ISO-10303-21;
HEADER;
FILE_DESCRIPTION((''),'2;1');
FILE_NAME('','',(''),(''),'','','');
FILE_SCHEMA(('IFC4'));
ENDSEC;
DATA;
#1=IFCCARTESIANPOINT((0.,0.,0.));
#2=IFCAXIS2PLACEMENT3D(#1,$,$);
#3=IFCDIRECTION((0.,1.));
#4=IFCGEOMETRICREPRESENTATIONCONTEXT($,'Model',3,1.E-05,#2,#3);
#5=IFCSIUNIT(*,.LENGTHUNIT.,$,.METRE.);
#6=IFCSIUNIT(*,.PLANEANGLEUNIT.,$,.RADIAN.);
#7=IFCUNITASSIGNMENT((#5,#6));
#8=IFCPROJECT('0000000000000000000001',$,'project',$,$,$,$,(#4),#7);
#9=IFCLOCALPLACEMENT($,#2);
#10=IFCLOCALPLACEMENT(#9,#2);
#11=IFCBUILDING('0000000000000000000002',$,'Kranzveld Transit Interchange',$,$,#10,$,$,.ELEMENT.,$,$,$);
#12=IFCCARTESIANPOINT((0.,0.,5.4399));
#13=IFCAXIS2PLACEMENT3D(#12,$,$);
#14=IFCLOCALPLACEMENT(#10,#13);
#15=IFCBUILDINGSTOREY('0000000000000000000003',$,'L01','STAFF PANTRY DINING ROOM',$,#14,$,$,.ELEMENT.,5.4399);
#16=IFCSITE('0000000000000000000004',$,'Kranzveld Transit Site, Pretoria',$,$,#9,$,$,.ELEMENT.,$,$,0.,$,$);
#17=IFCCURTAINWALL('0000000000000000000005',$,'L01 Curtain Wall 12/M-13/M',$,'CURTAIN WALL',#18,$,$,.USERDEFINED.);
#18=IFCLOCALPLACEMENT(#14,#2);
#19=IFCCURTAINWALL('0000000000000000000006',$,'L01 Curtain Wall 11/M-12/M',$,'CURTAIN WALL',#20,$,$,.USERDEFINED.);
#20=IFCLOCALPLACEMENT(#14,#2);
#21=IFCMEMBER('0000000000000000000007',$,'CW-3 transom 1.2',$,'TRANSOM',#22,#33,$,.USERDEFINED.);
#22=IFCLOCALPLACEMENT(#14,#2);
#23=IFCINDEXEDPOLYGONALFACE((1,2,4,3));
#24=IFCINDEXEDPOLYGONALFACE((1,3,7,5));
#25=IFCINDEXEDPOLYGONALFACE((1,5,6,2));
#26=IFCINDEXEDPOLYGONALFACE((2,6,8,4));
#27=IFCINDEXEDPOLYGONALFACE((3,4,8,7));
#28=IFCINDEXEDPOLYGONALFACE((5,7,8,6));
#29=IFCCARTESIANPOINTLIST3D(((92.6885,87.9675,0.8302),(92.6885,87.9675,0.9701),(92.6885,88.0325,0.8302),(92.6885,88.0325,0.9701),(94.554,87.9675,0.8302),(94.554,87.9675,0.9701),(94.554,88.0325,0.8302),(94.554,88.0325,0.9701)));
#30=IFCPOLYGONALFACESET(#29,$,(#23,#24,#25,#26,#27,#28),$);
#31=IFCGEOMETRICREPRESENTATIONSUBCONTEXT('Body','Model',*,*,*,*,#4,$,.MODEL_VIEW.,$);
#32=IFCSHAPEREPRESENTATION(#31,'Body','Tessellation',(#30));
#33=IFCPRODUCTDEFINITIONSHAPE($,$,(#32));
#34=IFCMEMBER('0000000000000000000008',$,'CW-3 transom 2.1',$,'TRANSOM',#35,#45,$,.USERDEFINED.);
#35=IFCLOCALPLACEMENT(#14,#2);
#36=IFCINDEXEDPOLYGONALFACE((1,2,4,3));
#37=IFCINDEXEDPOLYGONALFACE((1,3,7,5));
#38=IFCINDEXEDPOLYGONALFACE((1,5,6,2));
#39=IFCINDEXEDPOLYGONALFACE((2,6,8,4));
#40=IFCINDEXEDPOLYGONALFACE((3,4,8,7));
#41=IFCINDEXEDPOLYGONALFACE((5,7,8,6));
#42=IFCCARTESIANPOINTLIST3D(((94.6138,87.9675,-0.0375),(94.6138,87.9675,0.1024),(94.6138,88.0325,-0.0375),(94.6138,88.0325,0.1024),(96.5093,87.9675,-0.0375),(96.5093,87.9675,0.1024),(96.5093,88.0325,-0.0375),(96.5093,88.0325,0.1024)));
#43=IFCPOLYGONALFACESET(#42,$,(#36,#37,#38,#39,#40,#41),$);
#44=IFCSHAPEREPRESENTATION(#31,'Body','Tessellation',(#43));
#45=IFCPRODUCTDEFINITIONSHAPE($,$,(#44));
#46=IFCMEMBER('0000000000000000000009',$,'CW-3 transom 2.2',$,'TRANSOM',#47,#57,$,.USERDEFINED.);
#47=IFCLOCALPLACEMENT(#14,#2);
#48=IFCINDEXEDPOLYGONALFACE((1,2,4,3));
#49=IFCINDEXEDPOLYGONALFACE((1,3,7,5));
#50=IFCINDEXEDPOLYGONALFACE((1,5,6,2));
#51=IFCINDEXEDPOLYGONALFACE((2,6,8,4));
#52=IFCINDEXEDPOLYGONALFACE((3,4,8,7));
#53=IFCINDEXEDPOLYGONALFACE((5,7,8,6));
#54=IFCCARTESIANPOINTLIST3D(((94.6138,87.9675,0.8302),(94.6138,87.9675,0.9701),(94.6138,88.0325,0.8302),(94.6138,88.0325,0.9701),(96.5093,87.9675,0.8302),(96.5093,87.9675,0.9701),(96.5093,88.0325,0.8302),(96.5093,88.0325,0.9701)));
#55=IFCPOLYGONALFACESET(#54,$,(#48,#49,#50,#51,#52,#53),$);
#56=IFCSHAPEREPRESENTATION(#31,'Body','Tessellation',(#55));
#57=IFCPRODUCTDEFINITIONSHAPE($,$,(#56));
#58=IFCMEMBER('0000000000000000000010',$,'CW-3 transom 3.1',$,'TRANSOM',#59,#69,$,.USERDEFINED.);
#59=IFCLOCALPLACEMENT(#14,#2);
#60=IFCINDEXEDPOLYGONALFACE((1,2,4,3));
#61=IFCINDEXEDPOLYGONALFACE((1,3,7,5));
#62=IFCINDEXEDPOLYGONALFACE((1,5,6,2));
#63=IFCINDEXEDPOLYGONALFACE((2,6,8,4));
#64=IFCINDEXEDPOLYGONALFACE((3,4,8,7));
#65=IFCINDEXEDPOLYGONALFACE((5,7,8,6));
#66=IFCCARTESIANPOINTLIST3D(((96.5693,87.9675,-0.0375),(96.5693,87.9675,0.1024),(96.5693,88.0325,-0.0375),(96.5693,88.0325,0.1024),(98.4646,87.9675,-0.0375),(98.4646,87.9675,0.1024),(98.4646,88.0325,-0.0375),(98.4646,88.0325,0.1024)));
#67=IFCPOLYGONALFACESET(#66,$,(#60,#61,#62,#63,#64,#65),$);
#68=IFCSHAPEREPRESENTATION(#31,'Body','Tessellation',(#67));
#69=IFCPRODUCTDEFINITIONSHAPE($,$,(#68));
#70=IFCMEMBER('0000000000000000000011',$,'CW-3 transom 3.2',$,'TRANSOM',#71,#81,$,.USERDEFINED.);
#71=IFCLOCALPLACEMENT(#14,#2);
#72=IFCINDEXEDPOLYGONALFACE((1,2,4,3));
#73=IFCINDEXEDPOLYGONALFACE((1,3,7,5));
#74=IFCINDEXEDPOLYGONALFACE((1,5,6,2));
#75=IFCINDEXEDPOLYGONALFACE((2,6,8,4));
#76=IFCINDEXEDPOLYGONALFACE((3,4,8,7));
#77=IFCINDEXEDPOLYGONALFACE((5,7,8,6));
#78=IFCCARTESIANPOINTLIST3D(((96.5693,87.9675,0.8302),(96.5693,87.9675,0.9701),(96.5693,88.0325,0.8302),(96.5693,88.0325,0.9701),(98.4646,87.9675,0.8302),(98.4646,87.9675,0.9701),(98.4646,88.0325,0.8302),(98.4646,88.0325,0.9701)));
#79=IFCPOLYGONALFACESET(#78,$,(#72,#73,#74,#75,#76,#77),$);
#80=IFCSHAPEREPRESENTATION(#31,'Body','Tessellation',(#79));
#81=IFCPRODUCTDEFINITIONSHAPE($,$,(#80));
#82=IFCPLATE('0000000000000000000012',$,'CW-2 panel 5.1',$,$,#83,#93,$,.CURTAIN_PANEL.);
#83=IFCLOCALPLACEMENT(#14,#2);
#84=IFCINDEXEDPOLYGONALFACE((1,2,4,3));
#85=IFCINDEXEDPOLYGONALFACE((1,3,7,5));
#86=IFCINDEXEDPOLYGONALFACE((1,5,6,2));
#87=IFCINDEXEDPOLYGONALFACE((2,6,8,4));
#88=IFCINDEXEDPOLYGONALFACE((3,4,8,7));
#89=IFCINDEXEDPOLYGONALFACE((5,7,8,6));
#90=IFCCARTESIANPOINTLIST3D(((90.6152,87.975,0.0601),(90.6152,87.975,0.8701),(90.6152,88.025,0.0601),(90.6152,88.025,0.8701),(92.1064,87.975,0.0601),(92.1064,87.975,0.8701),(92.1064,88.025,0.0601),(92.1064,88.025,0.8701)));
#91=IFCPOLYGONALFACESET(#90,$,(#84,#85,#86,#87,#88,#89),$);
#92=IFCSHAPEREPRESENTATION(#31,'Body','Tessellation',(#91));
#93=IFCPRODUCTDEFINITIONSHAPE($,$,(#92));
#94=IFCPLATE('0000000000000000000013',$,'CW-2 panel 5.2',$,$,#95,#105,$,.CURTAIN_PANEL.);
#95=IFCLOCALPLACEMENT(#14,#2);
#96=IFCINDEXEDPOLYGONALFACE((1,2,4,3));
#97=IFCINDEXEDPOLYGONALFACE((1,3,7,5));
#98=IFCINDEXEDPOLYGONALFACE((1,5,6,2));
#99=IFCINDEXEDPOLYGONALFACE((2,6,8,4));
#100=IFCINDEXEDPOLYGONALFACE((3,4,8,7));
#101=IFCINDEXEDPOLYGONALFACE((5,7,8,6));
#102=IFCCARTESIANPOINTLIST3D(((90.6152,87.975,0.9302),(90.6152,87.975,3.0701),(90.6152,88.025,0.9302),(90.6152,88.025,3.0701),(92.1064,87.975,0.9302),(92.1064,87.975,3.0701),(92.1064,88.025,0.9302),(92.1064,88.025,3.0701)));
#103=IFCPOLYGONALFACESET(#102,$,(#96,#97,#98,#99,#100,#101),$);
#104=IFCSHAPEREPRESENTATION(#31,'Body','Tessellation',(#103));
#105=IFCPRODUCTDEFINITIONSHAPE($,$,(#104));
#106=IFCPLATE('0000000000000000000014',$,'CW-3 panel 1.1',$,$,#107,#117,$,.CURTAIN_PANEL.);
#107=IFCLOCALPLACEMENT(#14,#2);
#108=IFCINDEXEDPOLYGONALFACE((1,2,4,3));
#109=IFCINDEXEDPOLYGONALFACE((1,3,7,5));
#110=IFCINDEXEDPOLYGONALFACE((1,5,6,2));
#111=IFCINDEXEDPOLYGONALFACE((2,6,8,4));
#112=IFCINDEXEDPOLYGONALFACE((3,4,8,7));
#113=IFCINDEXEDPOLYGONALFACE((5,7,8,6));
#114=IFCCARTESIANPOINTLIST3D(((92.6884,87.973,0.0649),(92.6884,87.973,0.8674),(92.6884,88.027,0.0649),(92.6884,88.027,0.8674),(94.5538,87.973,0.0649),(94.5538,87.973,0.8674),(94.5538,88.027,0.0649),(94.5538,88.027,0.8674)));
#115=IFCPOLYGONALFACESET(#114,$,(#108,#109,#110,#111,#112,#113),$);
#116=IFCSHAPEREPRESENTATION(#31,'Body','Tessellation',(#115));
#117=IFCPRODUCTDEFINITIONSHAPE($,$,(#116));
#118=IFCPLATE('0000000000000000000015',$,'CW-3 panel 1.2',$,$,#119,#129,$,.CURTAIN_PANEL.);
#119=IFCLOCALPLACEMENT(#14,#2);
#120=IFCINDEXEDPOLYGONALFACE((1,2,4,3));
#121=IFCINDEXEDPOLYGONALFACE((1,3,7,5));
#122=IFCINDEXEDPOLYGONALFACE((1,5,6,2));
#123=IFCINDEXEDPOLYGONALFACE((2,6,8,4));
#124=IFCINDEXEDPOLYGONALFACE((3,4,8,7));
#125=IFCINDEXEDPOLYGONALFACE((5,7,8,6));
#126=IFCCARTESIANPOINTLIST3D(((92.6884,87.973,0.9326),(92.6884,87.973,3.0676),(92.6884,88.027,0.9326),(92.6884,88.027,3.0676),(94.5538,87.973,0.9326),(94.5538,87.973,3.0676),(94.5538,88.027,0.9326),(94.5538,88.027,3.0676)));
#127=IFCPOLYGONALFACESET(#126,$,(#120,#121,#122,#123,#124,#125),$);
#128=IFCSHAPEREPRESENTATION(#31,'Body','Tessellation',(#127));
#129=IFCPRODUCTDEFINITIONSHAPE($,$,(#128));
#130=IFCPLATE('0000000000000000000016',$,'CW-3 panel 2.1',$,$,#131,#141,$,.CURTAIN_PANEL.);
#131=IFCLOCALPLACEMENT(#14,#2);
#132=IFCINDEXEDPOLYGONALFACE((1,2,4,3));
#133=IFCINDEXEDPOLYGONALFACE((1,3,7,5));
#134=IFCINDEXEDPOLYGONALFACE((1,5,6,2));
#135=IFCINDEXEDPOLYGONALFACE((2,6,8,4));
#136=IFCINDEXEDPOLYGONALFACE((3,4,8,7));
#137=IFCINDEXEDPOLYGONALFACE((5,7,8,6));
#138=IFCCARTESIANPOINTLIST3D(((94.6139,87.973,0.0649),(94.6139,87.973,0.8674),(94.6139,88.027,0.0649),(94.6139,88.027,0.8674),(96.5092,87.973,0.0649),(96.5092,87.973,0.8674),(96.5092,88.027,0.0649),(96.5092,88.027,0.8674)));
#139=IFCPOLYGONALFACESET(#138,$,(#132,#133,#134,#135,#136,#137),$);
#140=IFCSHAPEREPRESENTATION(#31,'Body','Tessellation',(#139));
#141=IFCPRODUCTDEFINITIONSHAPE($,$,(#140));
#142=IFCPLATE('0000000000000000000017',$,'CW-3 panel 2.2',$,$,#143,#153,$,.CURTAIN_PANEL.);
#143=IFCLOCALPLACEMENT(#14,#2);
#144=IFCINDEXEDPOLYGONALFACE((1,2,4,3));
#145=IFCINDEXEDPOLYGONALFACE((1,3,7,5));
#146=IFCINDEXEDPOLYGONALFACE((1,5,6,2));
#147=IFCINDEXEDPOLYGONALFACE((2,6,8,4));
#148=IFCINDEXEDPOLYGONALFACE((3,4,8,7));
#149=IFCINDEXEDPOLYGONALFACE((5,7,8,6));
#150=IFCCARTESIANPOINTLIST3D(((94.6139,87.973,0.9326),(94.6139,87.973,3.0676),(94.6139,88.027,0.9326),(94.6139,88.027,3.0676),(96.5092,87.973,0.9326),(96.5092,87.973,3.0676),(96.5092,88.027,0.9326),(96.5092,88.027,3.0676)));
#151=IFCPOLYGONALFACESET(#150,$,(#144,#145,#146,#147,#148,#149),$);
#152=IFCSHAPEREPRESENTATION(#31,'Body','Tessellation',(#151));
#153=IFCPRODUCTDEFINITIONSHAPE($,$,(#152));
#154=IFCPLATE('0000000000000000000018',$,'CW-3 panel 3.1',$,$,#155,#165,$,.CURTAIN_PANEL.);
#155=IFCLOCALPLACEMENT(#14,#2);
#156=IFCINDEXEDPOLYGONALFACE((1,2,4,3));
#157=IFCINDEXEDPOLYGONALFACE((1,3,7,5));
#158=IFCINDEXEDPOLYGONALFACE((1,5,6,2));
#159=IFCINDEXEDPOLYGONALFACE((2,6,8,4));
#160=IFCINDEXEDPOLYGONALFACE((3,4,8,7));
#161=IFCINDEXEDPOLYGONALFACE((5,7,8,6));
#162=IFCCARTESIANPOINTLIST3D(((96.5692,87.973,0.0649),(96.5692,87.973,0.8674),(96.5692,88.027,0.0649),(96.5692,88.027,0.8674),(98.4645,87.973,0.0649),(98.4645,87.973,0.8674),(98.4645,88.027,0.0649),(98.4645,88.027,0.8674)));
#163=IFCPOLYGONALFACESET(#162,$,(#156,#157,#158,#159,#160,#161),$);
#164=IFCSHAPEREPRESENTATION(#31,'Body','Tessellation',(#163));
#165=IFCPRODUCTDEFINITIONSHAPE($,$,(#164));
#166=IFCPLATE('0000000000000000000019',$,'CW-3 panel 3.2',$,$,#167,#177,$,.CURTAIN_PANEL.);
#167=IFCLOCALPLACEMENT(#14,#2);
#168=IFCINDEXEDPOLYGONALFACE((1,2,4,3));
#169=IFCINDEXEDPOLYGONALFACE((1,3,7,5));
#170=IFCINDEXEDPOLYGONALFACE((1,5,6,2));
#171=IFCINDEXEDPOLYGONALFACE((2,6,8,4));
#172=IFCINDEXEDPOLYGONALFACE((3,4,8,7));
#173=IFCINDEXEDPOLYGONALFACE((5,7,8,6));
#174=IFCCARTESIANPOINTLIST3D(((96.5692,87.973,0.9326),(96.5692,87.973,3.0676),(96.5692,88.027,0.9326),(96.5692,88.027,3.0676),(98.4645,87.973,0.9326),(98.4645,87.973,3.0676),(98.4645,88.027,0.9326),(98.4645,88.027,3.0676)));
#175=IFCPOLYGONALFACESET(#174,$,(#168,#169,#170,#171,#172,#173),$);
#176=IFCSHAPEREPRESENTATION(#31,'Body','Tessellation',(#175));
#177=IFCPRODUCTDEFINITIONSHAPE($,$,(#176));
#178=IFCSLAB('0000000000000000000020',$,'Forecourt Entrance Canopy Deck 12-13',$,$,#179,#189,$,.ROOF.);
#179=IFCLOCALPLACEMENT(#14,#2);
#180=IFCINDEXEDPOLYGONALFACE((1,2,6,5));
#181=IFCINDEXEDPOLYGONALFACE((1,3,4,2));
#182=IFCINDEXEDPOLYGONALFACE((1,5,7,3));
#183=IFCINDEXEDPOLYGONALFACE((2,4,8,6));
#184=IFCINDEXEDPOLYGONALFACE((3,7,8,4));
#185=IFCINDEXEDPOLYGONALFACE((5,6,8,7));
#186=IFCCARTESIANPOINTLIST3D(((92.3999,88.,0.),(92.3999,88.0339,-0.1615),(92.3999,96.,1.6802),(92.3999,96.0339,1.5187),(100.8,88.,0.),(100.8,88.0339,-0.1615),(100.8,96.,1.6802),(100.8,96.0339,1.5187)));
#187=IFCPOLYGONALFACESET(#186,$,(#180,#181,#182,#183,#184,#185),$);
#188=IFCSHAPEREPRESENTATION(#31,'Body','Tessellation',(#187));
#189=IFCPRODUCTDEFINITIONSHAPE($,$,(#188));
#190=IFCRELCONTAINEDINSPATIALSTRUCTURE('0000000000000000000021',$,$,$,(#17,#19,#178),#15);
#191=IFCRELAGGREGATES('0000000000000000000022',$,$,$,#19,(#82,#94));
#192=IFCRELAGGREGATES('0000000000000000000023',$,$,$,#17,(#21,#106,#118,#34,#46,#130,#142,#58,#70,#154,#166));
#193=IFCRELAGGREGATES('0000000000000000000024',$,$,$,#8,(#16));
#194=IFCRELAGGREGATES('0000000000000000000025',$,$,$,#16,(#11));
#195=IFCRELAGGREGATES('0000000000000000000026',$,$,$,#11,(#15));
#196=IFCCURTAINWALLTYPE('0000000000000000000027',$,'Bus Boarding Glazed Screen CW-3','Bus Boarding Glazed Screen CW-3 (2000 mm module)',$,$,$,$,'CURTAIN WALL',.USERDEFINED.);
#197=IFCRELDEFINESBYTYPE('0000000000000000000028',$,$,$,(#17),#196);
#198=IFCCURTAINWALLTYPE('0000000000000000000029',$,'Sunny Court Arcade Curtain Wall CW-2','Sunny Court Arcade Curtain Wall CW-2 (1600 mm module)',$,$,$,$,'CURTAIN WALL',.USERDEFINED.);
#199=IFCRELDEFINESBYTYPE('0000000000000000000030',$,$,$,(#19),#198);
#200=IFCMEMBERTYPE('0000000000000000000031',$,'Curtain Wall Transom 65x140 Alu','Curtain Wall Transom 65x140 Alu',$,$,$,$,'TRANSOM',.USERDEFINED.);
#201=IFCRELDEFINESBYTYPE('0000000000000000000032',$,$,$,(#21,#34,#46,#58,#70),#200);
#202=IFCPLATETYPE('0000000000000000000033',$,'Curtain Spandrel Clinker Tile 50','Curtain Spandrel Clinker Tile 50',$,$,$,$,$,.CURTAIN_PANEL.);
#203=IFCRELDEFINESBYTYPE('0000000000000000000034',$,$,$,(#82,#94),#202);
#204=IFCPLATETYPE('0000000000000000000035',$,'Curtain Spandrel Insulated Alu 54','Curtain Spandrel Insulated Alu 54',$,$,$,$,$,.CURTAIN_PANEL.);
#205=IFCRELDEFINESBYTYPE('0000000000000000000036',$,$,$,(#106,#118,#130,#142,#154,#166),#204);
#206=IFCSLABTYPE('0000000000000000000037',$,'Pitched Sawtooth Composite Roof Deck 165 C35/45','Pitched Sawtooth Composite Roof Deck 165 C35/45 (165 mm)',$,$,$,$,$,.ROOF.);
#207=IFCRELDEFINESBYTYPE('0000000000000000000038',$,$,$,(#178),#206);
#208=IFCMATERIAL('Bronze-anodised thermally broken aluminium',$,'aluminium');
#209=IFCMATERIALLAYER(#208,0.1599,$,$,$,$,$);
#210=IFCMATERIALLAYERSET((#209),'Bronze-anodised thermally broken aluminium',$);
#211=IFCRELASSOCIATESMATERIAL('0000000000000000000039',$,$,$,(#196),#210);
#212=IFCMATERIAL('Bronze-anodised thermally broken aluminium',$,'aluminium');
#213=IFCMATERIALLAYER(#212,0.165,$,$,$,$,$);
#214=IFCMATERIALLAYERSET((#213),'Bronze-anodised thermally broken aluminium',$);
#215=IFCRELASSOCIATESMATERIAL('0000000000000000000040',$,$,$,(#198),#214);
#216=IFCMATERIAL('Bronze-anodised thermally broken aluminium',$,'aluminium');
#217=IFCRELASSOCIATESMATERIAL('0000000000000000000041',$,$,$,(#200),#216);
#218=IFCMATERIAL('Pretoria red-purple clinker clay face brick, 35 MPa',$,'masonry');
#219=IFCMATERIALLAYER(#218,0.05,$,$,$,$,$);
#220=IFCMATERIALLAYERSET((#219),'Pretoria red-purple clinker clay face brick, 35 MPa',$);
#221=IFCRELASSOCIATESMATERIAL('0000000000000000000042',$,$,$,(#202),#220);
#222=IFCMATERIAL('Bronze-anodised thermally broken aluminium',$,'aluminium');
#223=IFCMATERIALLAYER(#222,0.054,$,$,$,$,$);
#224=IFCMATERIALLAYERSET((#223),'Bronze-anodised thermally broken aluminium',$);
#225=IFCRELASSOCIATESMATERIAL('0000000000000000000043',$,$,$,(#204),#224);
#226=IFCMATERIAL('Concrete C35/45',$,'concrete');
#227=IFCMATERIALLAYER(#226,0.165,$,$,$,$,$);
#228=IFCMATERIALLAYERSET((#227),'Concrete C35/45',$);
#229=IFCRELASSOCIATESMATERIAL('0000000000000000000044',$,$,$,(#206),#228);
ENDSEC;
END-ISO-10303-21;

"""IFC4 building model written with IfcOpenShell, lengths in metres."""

from ifc_helpers import new_model, si_unit, direction, frame, origin, origin_2d, place, context, subcontext, project, spatial, polyline, rectangle, outline, extrude, material, layer, layer_set, material_profile, profile_set, type_object, element, aggregate, save


model = new_model("IFC4")

# Units and contexts
model_context = context("Model", 3, precision=1e-05, world=origin(), true_north=direction((0.0, 1.0)))
body_context = subcontext(model_context, "Body", "Model", "MODEL_VIEW")
ifc_project = project(units=[si_unit("LENGTHUNIT", "METRE"), si_unit("PLANEANGLEUNIT", "RADIAN")], contexts=[model_context])

# Site, building, storey
site_placement = place(None, origin())
site = spatial("IfcSite", under=ifc_project, at=site_placement, Name="Kranzveld Transit Site, Pretoria", CompositionType="ELEMENT", RefElevation=0.0)
building_placement = place(site_placement, origin())
building = spatial("IfcBuilding", under=site, at=building_placement, Name="Kranzveld Transit Interchange", CompositionType="ELEMENT")
storey_placement = place(building_placement, frame((0.0, 0.0, 5.4399)))
storey = spatial("IfcBuildingStorey", under=building, at=storey_placement, Name="L01", Description="STAFF PANTRY DINING ROOM", CompositionType="ELEMENT", Elevation=5.4399)

# Curtain walls
ifc_material_1 = material(Name="Bronze-anodised thermally broken aluminium", Category="aluminium")
ifc_layer_1 = layer(ifc_material_1, 0.1599)
ifc_layer_set_1 = layer_set([ifc_layer_1], Name="Bronze-anodised thermally broken aluminium")
curtain_wall_type_1 = type_object("IfcCurtainWallType", Name="Bus Boarding Glazed Screen CW-3", Description="Bus Boarding Glazed Screen CW-3 (2000 mm module)", ElementType="CURTAIN WALL", PredefinedType="USERDEFINED", material=ifc_layer_set_1)
curtain_wall_1_placement = place(storey_placement, origin())
curtain_wall_1 = element("IfcCurtainWall", 1, at=curtain_wall_1_placement, inside=storey, type_object=curtain_wall_type_1, Name="L01 Curtain Wall 12/M-13/M", ObjectType="CURTAIN WALL", PredefinedType="USERDEFINED")
ifc_material_2 = material(Name="Bronze-anodised thermally broken aluminium", Category="aluminium")
ifc_layer_2 = layer(ifc_material_2, 0.165)
ifc_layer_set_2 = layer_set([ifc_layer_2], Name="Bronze-anodised thermally broken aluminium")
curtain_wall_type_2 = type_object("IfcCurtainWallType", Name="Sunny Court Arcade Curtain Wall CW-2", Description="Sunny Court Arcade Curtain Wall CW-2 (1600 mm module)", ElementType="CURTAIN WALL", PredefinedType="USERDEFINED", material=ifc_layer_set_2)
curtain_wall_2_placement = place(storey_placement, origin())
curtain_wall_2 = element("IfcCurtainWall", 2, at=curtain_wall_2_placement, inside=storey, type_object=curtain_wall_type_2, Name="L01 Curtain Wall 11/M-12/M", ObjectType="CURTAIN WALL", PredefinedType="USERDEFINED")

# Members
ifc_material_3 = material(Name="Bronze-anodised thermally broken aluminium", Category="aluminium")
ifc_material_profile_1 = material_profile(ifc_material_3, rectangle(XDim=0.0649, YDim=0.1399, at=origin_2d()), Name="ALU TRANSOM 65x140")
ifc_profile_set_1 = profile_set([ifc_material_profile_1], Name="Bronze-anodised thermally broken aluminium")
member_type_1 = type_object("IfcMemberType", Name="Curtain Wall Transom 65x140 Alu", Description="Curtain Wall Transom 65x140 Alu", ElementType="TRANSOM", PredefinedType="USERDEFINED", material=ifc_profile_set_1)
member_1_placement = place(storey_placement, frame((92.6885, 88.0, 0.9001), z_axis=(1.0, 0.0, 0.0), x_axis=(0.0, 1.0, 0.0)))
member_1 = element("IfcMember", 3, at=member_1_placement, type_object=member_type_1, Name="CW-3 transom 1.2", ObjectType="TRANSOM", PredefinedType="USERDEFINED", context=body_context, shape_type="SweptSolid", body=[
    extrude(rectangle(XDim=0.0649, YDim=0.1399, at=origin_2d()), origin(), (0.0, 0.0, 1.0), 1.8655),
])
member_2_placement = place(storey_placement, frame((94.6138, 88.0, 0.0325), z_axis=(1.0, 0.0, 0.0), x_axis=(0.0, 1.0, 0.0)))
member_2 = element("IfcMember", 4, at=member_2_placement, type_object=member_type_1, Name="CW-3 transom 2.1", ObjectType="TRANSOM", PredefinedType="USERDEFINED", context=body_context, shape_type="SweptSolid", body=[
    extrude(rectangle(XDim=0.0649, YDim=0.1399, at=origin_2d()), origin(), (0.0, 0.0, 1.0), 1.8955),
])
member_3_placement = place(storey_placement, frame((94.6138, 88.0, 0.9001), z_axis=(1.0, 0.0, 0.0), x_axis=(0.0, 1.0, 0.0)))
member_3 = element("IfcMember", 5, at=member_3_placement, type_object=member_type_1, Name="CW-3 transom 2.2", ObjectType="TRANSOM", PredefinedType="USERDEFINED", context=body_context, shape_type="SweptSolid", body=[
    extrude(rectangle(XDim=0.0649, YDim=0.1399, at=origin_2d()), origin(), (0.0, 0.0, 1.0), 1.8955),
])
member_4_placement = place(storey_placement, frame((96.5693, 88.0, 0.0325), z_axis=(1.0, 0.0, 0.0), x_axis=(0.0, 1.0, 0.0)))
member_4 = element("IfcMember", 6, at=member_4_placement, type_object=member_type_1, Name="CW-3 transom 3.1", ObjectType="TRANSOM", PredefinedType="USERDEFINED", context=body_context, shape_type="SweptSolid", body=[
    extrude(rectangle(XDim=0.0649, YDim=0.1399, at=origin_2d()), origin(), (0.0, 0.0, 1.0), 1.8953),
])
member_5_placement = place(storey_placement, frame((96.5693, 88.0, 0.9001), z_axis=(1.0, 0.0, 0.0), x_axis=(0.0, 1.0, 0.0)))
member_5 = element("IfcMember", 7, at=member_5_placement, type_object=member_type_1, Name="CW-3 transom 3.2", ObjectType="TRANSOM", PredefinedType="USERDEFINED", context=body_context, shape_type="SweptSolid", body=[
    extrude(rectangle(XDim=0.0649, YDim=0.1399, at=origin_2d()), origin(), (0.0, 0.0, 1.0), 1.8953),
])

# Plates
ifc_material_4 = material(Name="Pretoria red-purple clinker clay face brick, 35 MPa", Category="masonry")
ifc_layer_3 = layer(ifc_material_4, 0.05)
ifc_layer_set_3 = layer_set([ifc_layer_3], Name="Pretoria red-purple clinker clay face brick, 35 MPa")
plate_type_1 = type_object("IfcPlateType", Name="Curtain Spandrel Clinker Tile 50", Description="Curtain Spandrel Clinker Tile 50", PredefinedType="CURTAIN_PANEL", material=ifc_layer_set_3)
plate_1_placement = place(storey_placement, frame((91.3608, 88.0, 0.0601), z_axis=(0.0, 0.0, 1.0), x_axis=(1.0, 0.0, 0.0)))
plate_1 = element("IfcPlate", 8, at=plate_1_placement, type_object=plate_type_1, Name="CW-2 panel 5.1", PredefinedType="CURTAIN_PANEL", context=body_context, shape_type="SweptSolid", body=[
    extrude(rectangle(XDim=1.4912, YDim=0.05, at=origin_2d()), origin(), (0.0, 0.0, 1.0), 0.8101),
])
plate_2_placement = place(storey_placement, frame((91.3608, 88.0, 0.9302), z_axis=(0.0, 0.0, 1.0), x_axis=(1.0, 0.0, 0.0)))
plate_2 = element("IfcPlate", 9, at=plate_2_placement, type_object=plate_type_1, Name="CW-2 panel 5.2", PredefinedType="CURTAIN_PANEL", context=body_context, shape_type="SweptSolid", body=[
    extrude(rectangle(XDim=1.4912, YDim=0.05, at=origin_2d()), origin(), (0.0, 0.0, 1.0), 2.1399),
])
aggregate(curtain_wall_2, [plate_1, plate_2])
ifc_material_5 = material(Name="Bronze-anodised thermally broken aluminium", Category="aluminium")
ifc_layer_4 = layer(ifc_material_5, 0.054)
ifc_layer_set_4 = layer_set([ifc_layer_4], Name="Bronze-anodised thermally broken aluminium")
plate_type_2 = type_object("IfcPlateType", Name="Curtain Spandrel Insulated Alu 54", Description="Curtain Spandrel Insulated Alu 54", PredefinedType="CURTAIN_PANEL", material=ifc_layer_set_4)
plate_3_placement = place(storey_placement, frame((93.6211, 88.0, 0.0649), z_axis=(0.0, 0.0, 1.0), x_axis=(1.0, 0.0, 0.0)))
plate_3 = element("IfcPlate", 10, at=plate_3_placement, type_object=plate_type_2, Name="CW-3 panel 1.1", PredefinedType="CURTAIN_PANEL", context=body_context, shape_type="SweptSolid", body=[
    extrude(rectangle(XDim=1.8655, YDim=0.054, at=origin_2d()), origin(), (0.0, 0.0, 1.0), 0.8025),
])
plate_4_placement = place(storey_placement, frame((93.6211, 88.0, 0.9326), z_axis=(0.0, 0.0, 1.0), x_axis=(1.0, 0.0, 0.0)))
plate_4 = element("IfcPlate", 11, at=plate_4_placement, type_object=plate_type_2, Name="CW-3 panel 1.2", PredefinedType="CURTAIN_PANEL", context=body_context, shape_type="SweptSolid", body=[
    extrude(rectangle(XDim=1.8655, YDim=0.054, at=origin_2d()), origin(), (0.0, 0.0, 1.0), 2.135),
])
plate_5_placement = place(storey_placement, frame((95.5615, 88.0, 0.0649), z_axis=(0.0, 0.0, 1.0), x_axis=(1.0, 0.0, 0.0)))
plate_5 = element("IfcPlate", 12, at=plate_5_placement, type_object=plate_type_2, Name="CW-3 panel 2.1", PredefinedType="CURTAIN_PANEL", context=body_context, shape_type="SweptSolid", body=[
    extrude(rectangle(XDim=1.8953, YDim=0.054, at=origin_2d()), origin(), (0.0, 0.0, 1.0), 0.8025),
])
plate_6_placement = place(storey_placement, frame((95.5615, 88.0, 0.9326), z_axis=(0.0, 0.0, 1.0), x_axis=(1.0, 0.0, 0.0)))
plate_6 = element("IfcPlate", 13, at=plate_6_placement, type_object=plate_type_2, Name="CW-3 panel 2.2", PredefinedType="CURTAIN_PANEL", context=body_context, shape_type="SweptSolid", body=[
    extrude(rectangle(XDim=1.8953, YDim=0.054, at=origin_2d()), origin(), (0.0, 0.0, 1.0), 2.135),
])
plate_7_placement = place(storey_placement, frame((97.5168, 88.0, 0.0649), z_axis=(0.0, 0.0, 1.0), x_axis=(1.0, 0.0, 0.0)))
plate_7 = element("IfcPlate", 14, at=plate_7_placement, type_object=plate_type_2, Name="CW-3 panel 3.1", PredefinedType="CURTAIN_PANEL", context=body_context, shape_type="SweptSolid", body=[
    extrude(rectangle(XDim=1.8953, YDim=0.054, at=origin_2d()), origin(), (0.0, 0.0, 1.0), 0.8025),
])
plate_8_placement = place(storey_placement, frame((97.5168, 88.0, 0.9326), z_axis=(0.0, 0.0, 1.0), x_axis=(1.0, 0.0, 0.0)))
plate_8 = element("IfcPlate", 15, at=plate_8_placement, type_object=plate_type_2, Name="CW-3 panel 3.2", PredefinedType="CURTAIN_PANEL", context=body_context, shape_type="SweptSolid", body=[
    extrude(rectangle(XDim=1.8953, YDim=0.054, at=origin_2d()), origin(), (0.0, 0.0, 1.0), 2.135),
])
aggregate(curtain_wall_1, [member_1, plate_3, plate_4, member_2, member_3, plate_5, plate_6, member_4, member_5, plate_7, plate_8])

# Slab
ifc_material_6 = material(Name="Concrete C35/45", Category="concrete")
ifc_layer_5 = layer(ifc_material_6, 0.165)
ifc_layer_set_5 = layer_set([ifc_layer_5], Name="Concrete C35/45")
slab_type = type_object("IfcSlabType", Name="Pitched Sawtooth Composite Roof Deck 165 C35/45", Description="Pitched Sawtooth Composite Roof Deck 165 C35/45 (165 mm)", PredefinedType="ROOF", material=ifc_layer_set_5)
slab_placement = place(storey_placement, frame((92.3999, 88.0, 0.0), z_axis=(0.0, -0.205538, 0.978649), x_axis=(1.0, 0.0, 0.0)))
element("IfcSlab", 16, at=slab_placement, inside=storey, type_object=slab_type, Name="Forecourt Entrance Canopy Deck 12-13", PredefinedType="ROOF", context=body_context, shape_type="SweptSolid", body=[
    extrude(outline(polyline([(0.0, 0.0), (8.4001, 0.0), (8.4001, 8.1745), (0.0, 8.1745), (0.0, 0.0)])), origin(), (0.0, 0.0, -1.0), 0.165),
])

save(model, "model.ifc")
